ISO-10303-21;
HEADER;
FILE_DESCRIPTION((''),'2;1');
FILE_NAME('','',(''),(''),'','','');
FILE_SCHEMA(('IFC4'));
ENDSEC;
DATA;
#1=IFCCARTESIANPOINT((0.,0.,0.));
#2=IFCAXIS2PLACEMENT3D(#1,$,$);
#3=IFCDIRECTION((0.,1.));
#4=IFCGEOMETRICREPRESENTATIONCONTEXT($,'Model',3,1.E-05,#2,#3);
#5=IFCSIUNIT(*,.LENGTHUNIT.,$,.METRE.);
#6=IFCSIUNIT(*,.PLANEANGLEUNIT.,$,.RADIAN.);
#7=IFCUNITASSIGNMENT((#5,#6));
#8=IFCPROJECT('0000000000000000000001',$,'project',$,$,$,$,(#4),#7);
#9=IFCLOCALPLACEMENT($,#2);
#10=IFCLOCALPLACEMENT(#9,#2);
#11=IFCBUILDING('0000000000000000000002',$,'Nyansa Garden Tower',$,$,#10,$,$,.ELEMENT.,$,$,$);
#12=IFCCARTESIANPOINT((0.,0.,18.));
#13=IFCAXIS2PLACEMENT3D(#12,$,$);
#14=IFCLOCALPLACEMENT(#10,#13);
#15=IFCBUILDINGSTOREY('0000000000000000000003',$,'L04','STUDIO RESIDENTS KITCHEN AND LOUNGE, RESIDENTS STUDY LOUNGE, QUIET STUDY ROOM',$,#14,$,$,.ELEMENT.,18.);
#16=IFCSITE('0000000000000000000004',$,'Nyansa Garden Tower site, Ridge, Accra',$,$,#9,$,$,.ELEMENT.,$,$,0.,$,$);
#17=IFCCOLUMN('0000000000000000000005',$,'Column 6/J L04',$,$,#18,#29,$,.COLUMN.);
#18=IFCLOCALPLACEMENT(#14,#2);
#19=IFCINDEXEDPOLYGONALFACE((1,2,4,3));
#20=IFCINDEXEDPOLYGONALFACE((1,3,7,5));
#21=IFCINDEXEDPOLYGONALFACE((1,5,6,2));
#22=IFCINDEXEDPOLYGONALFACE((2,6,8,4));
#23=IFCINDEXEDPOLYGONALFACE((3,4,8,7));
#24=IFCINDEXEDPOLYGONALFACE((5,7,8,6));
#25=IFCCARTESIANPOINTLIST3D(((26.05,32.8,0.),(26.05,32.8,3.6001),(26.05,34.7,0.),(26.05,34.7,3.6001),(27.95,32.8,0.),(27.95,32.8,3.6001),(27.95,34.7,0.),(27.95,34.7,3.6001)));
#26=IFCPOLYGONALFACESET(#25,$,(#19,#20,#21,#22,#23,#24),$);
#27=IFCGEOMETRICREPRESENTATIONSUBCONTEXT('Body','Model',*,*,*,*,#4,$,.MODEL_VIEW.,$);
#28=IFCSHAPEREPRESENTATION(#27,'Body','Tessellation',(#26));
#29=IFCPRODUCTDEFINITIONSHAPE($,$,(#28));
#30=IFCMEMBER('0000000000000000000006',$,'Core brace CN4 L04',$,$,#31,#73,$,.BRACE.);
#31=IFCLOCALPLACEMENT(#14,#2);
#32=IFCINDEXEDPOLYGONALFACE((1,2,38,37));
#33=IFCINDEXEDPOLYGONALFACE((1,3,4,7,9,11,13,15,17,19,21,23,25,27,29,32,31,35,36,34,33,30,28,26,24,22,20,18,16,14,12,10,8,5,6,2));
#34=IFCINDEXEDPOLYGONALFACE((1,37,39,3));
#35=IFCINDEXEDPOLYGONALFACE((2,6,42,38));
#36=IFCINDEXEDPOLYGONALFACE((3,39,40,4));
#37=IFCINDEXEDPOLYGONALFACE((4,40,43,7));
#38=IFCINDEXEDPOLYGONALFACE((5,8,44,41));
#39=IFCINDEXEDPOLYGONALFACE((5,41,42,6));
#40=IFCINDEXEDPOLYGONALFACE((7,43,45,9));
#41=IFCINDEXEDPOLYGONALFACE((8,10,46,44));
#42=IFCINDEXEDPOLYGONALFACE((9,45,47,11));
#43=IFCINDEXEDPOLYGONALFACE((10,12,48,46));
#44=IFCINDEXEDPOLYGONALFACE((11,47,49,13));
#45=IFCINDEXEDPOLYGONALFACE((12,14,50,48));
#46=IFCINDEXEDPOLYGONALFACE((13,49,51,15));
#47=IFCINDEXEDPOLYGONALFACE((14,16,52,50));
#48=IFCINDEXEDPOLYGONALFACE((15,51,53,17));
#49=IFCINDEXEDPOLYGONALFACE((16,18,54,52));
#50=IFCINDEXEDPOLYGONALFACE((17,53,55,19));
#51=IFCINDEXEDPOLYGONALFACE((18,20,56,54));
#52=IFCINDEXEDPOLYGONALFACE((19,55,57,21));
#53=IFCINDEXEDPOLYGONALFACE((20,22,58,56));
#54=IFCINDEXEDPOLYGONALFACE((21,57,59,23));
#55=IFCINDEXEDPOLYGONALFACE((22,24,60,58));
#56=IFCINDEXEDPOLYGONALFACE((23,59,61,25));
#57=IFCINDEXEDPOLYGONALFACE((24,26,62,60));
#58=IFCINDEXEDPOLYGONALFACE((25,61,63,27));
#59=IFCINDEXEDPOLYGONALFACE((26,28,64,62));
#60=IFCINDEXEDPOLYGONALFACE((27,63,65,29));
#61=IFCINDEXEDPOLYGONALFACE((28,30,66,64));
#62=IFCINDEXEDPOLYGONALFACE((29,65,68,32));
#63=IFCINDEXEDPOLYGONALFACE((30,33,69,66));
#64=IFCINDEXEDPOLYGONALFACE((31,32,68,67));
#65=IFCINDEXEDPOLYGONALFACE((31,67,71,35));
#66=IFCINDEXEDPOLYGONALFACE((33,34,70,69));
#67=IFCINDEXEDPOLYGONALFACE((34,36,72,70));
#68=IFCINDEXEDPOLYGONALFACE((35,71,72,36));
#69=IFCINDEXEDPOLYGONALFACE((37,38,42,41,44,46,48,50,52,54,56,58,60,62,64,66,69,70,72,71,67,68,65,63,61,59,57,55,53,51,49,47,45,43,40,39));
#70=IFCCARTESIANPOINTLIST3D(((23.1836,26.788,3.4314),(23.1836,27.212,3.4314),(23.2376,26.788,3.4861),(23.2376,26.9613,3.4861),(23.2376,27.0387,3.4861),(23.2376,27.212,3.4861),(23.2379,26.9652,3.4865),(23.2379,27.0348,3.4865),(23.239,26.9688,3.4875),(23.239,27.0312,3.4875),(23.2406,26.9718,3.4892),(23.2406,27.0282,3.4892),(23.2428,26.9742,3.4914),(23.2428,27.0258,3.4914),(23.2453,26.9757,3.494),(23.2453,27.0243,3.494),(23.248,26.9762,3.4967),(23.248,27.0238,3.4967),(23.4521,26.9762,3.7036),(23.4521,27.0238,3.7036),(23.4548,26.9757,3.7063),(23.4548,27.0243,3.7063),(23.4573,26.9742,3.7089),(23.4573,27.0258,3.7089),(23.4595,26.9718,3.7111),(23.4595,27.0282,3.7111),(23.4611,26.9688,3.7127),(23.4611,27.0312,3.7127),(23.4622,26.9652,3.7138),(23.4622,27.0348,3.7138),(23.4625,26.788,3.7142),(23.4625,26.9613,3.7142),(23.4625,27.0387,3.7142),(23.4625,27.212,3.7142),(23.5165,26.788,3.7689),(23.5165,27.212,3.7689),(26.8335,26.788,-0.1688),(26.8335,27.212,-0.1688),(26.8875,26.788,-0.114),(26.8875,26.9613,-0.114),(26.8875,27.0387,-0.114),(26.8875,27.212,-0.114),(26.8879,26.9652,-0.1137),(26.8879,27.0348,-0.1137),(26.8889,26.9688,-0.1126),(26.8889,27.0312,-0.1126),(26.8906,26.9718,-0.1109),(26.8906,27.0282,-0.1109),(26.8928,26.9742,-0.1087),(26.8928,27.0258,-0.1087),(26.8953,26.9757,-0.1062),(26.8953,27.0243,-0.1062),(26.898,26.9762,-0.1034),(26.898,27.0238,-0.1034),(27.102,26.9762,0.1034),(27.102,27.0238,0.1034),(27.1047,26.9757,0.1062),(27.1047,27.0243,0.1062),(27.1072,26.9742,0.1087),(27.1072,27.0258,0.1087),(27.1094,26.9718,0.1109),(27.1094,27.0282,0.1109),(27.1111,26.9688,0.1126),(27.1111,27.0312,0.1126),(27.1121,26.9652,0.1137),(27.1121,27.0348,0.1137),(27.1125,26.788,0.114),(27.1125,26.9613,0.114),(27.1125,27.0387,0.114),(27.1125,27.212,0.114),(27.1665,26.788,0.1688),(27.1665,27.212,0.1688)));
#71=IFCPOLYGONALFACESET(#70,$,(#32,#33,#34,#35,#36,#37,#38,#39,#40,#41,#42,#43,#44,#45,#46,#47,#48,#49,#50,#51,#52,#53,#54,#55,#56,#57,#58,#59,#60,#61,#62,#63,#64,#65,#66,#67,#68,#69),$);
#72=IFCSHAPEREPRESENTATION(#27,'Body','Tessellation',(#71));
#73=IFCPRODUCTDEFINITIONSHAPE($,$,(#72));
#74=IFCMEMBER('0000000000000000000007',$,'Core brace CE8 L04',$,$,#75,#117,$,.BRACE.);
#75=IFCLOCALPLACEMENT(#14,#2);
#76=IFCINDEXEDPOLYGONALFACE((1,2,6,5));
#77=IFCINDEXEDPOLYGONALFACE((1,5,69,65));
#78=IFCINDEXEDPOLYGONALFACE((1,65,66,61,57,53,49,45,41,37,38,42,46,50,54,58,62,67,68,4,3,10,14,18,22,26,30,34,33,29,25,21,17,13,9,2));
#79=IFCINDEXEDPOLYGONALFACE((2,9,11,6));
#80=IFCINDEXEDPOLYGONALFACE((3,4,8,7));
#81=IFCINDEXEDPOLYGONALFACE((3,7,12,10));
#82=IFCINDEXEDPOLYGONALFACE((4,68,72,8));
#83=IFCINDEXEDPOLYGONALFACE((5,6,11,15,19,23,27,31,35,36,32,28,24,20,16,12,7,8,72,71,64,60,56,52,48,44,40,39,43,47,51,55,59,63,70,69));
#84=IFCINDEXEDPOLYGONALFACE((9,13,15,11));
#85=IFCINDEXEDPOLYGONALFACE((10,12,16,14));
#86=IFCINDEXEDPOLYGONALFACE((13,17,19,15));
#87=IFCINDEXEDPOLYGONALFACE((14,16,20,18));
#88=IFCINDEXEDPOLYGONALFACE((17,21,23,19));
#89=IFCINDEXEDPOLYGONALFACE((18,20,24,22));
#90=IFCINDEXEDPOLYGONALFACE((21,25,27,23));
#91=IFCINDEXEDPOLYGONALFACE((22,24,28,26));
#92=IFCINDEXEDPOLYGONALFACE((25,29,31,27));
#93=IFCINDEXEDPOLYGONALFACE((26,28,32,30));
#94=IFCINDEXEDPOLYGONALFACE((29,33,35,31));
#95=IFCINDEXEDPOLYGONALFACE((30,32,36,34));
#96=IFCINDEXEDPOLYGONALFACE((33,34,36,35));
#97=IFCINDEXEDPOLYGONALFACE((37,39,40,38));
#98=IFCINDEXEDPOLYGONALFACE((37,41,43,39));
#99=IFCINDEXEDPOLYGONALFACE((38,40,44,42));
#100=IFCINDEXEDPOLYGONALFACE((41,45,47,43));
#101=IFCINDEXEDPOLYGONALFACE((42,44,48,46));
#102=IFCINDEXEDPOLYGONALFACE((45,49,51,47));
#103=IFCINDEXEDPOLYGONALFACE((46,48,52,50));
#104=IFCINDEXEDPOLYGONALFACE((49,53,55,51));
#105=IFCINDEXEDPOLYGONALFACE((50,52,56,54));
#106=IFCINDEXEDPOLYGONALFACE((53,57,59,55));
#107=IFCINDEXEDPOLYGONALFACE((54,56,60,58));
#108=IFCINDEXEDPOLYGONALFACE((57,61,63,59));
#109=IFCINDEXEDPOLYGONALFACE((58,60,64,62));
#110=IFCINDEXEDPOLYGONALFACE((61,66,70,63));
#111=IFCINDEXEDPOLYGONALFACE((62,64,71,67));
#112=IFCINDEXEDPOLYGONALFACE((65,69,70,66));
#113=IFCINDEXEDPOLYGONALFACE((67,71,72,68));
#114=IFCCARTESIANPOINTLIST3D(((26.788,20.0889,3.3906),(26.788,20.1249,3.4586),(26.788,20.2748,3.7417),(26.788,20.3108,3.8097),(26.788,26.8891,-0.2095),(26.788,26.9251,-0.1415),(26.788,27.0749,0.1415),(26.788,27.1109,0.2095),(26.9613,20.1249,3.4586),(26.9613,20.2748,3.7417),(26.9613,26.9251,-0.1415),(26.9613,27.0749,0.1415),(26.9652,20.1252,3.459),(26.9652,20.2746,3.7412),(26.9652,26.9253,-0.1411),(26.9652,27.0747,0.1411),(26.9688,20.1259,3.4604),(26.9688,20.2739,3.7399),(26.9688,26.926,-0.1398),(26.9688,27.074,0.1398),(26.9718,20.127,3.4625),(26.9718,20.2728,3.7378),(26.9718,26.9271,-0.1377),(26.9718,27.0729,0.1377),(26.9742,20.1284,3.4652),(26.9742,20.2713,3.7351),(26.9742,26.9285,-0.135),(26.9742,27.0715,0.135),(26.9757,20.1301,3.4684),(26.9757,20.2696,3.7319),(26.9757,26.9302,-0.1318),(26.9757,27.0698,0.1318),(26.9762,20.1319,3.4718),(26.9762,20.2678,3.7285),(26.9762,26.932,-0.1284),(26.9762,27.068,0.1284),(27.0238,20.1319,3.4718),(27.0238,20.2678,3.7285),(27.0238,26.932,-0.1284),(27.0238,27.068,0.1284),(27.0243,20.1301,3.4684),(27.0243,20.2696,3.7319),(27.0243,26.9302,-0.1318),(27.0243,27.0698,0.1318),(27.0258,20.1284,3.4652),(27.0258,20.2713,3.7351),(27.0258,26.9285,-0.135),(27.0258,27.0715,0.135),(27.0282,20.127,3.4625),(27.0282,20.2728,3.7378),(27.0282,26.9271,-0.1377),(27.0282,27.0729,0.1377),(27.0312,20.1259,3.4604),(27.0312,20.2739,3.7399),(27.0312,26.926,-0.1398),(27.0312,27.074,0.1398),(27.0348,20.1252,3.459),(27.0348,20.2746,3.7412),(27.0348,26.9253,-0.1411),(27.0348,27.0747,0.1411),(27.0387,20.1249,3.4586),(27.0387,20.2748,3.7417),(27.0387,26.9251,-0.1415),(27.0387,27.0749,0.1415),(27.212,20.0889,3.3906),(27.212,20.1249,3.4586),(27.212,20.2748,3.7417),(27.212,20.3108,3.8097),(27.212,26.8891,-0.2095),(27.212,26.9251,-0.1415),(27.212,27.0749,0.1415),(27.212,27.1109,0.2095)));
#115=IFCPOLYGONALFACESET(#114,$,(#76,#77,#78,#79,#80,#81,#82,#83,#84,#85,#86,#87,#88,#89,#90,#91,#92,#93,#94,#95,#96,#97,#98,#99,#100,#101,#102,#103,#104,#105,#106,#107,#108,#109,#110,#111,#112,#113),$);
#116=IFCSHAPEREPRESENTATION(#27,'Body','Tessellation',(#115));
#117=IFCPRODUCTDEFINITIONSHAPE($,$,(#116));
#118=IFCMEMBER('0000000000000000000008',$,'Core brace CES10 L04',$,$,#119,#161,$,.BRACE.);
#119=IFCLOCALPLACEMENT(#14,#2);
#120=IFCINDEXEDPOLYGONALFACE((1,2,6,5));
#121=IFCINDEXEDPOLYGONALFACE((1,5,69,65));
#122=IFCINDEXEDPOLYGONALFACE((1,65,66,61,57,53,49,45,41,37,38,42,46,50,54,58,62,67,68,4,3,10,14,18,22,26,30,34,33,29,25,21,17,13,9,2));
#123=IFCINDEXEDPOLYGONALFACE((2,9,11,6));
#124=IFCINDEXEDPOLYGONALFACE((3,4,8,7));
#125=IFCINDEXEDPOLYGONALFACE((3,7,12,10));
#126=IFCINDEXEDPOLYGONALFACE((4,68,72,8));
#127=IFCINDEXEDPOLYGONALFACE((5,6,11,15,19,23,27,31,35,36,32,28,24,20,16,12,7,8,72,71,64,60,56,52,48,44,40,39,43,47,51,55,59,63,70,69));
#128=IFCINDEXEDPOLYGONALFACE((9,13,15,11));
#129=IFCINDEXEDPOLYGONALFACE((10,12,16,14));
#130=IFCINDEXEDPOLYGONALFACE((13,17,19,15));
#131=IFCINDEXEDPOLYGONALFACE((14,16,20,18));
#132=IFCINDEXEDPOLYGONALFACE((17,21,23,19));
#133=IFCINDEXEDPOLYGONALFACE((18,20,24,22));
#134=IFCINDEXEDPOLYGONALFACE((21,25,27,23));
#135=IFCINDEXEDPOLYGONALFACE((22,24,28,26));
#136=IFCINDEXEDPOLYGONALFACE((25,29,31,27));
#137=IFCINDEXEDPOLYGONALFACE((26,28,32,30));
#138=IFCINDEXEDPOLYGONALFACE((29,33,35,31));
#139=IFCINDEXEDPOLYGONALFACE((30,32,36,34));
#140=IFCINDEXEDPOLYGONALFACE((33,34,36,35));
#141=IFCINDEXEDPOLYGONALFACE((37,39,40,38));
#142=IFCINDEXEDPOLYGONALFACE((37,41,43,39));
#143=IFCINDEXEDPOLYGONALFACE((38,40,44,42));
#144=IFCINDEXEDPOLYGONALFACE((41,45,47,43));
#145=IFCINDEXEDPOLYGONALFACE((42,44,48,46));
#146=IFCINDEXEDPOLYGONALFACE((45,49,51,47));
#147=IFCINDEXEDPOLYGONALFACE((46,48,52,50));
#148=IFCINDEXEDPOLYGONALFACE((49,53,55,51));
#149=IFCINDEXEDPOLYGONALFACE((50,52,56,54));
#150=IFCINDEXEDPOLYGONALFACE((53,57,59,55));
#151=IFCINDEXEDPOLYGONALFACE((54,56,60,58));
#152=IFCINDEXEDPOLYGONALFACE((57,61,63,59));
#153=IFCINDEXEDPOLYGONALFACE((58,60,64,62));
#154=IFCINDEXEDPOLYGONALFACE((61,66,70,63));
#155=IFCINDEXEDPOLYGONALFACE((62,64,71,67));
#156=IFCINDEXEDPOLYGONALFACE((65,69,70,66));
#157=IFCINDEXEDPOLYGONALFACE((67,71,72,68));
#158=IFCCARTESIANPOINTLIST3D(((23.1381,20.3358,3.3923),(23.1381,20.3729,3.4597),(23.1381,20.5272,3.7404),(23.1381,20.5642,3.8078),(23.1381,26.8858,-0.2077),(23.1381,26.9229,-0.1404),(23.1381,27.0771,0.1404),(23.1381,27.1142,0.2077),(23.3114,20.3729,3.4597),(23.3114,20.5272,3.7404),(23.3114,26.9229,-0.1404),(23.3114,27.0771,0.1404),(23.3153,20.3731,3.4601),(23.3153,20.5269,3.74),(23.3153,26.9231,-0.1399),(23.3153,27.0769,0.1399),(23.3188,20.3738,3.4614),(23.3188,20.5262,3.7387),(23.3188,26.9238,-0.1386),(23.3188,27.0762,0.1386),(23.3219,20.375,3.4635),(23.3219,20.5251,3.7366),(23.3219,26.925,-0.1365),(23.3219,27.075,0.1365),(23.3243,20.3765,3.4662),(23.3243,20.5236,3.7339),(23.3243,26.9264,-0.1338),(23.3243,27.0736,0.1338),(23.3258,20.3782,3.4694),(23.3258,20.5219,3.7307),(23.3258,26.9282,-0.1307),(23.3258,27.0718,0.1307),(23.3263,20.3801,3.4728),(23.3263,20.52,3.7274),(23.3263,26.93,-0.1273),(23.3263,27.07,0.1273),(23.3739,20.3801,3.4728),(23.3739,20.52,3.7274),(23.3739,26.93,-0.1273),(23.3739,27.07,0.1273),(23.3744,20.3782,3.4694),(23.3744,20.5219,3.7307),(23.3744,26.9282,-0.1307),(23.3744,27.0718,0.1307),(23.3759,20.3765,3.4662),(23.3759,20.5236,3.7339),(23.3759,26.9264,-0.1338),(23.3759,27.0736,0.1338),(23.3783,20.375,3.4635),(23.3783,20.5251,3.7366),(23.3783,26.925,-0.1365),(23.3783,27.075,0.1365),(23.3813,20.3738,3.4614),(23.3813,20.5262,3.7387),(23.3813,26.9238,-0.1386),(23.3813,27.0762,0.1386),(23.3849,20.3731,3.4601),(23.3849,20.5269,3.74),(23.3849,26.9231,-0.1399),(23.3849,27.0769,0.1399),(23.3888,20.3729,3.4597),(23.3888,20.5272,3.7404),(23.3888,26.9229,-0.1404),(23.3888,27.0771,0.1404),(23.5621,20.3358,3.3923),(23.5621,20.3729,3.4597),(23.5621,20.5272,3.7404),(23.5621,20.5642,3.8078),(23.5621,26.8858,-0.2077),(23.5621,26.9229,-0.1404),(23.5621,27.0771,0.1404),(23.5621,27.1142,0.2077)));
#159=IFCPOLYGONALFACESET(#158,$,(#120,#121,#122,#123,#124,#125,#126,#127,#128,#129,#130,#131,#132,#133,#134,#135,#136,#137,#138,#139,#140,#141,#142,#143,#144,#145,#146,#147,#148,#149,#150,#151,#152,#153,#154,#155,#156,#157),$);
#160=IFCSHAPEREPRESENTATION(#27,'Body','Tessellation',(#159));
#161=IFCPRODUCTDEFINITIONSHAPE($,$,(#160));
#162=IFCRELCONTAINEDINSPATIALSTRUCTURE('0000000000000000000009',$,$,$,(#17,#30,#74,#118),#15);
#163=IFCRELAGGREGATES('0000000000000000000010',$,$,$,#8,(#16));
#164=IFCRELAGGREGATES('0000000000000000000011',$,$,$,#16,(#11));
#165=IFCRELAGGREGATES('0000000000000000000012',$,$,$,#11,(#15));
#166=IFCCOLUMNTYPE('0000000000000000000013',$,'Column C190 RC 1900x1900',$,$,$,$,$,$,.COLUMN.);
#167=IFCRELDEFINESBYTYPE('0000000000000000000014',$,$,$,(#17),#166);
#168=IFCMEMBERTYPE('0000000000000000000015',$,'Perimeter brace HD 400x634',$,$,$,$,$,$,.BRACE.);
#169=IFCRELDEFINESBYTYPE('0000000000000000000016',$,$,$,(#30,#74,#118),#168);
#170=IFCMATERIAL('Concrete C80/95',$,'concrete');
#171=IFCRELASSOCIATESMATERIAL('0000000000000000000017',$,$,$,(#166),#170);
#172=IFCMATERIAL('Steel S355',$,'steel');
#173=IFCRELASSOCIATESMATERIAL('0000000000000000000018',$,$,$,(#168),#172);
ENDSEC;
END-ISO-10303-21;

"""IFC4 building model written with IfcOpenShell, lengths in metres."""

from ifc_helpers import new_model, si_unit, direction, frame, origin, origin_2d, place, context, subcontext, project, spatial, rectangle, i_section, extrude, material, material_profile, profile_set, type_object, element, save


model = new_model("IFC4")

# Units and contexts
model_context = context("Model", 3, precision=1e-05, world=origin(), true_north=direction((0.0, 1.0)))
body_context = subcontext(model_context, "Body", "Model", "MODEL_VIEW")
ifc_project = project(units=[si_unit("LENGTHUNIT", "METRE"), si_unit("PLANEANGLEUNIT", "RADIAN")], contexts=[model_context])

# Site, building, storey
site_placement = place(None, origin())
site = spatial("IfcSite", under=ifc_project, at=site_placement, Name="Nyansa Garden Tower site, Ridge, Accra", CompositionType="ELEMENT", RefElevation=0.0)
building_placement = place(site_placement, origin())
building = spatial("IfcBuilding", under=site, at=building_placement, Name="Nyansa Garden Tower", CompositionType="ELEMENT")
storey_placement = place(building_placement, frame((0.0, 0.0, 18.0)))
storey = spatial("IfcBuildingStorey", under=building, at=storey_placement, Name="L04", Description="STUDIO RESIDENTS KITCHEN AND LOUNGE, RESIDENTS STUDY LOUNGE, QUIET STUDY ROOM", CompositionType="ELEMENT", Elevation=18.0)

# Column
ifc_material_1 = material(Name="Concrete C80/95", Category="concrete")
ifc_material_profile_1 = material_profile(ifc_material_1, rectangle(XDim=1.8999, YDim=1.8999, at=origin_2d()), Name="RC 1900x1900")
ifc_profile_set_1 = profile_set([ifc_material_profile_1], Name="Concrete C80/95")
column_type = type_object("IfcColumnType", Name="Column C190 RC 1900x1900", PredefinedType="COLUMN", material=ifc_profile_set_1)
column_placement = place(storey_placement, frame((27.0, 33.75, 0.0), z_axis=(0.0, 0.0, 1.0), x_axis=(1.0, 0.0, 0.0)))
element("IfcColumn", 1, at=column_placement, inside=storey, type_object=column_type, Name="Column 6/J L04", PredefinedType="COLUMN", context=body_context, shape_type="SweptSolid", body=[
    extrude(rectangle(XDim=1.8999, YDim=1.8999, at=origin_2d()), origin(), (0.0, 0.0, 1.0), 3.6001),
])

# Members
ifc_material_2 = material(Name="Steel S355", Category="steel")
ifc_material_profile_2 = material_profile(ifc_material_2, i_section(OverallWidth=0.4241, OverallDepth=0.4741, WebThickness=0.0476, FlangeThickness=0.0769, FilletRadius=0.0149, at=origin_2d()), Name="HD 400x634")
ifc_profile_set_2 = profile_set([ifc_material_profile_2], Name="Steel S355")
member_type = type_object("IfcMemberType", Name="Perimeter brace HD 400x634", PredefinedType="BRACE", material=ifc_profile_set_2)
member_1_placement = place(storey_placement, frame((27.0, 27.0, 0.0), z_axis=(-0.711948, 0.0, 0.702233), x_axis=(0.0, -1.0, 0.0)))
element("IfcMember", 2, at=member_1_placement, inside=storey, type_object=member_type, Name="Core brace CN4 L04", PredefinedType="BRACE", context=body_context, shape_type="SweptSolid", body=[
    extrude(i_section(OverallWidth=0.4241, OverallDepth=0.4741, WebThickness=0.0476, FlangeThickness=0.0769, FilletRadius=0.0149, at=origin_2d()), origin(), (0.0, 0.0, 1.0), 5.1267),
])
member_2_placement = place(storey_placement, frame((27.0, 27.0, 0.0), z_axis=(0.0, -0.883784, 0.467895), x_axis=(1.0, 0.0, 0.0)))
element("IfcMember", 3, at=member_2_placement, inside=storey, type_object=member_type, Name="Core brace CE8 L04", PredefinedType="BRACE", context=body_context, shape_type="SweptSolid", body=[
    extrude(i_section(OverallWidth=0.4241, OverallDepth=0.4741, WebThickness=0.0476, FlangeThickness=0.0769, FilletRadius=0.0149, at=origin_2d()), origin(), (0.0, 0.0, 1.0), 7.6943),
])
for number, where, z_axis, x_axis, name in (
    (4, (23.3501, 27.0, 0.0), (0.0, -0.876353, 0.481669), (1.0, 0.0, 0.0), "Core brace CES10 L04"),
):
    element("IfcMember", number, at=place(storey_placement, frame(where, z_axis=z_axis, x_axis=x_axis)), inside=storey, type_object=member_type, Name=name, PredefinedType="BRACE", context=body_context, shape_type="SweptSolid", body=[
        extrude(i_section(OverallWidth=0.4241, OverallDepth=0.4741, WebThickness=0.0476, FlangeThickness=0.0769, FilletRadius=0.0149, at=origin_2d()), origin(), (0.0, 0.0, 1.0), 7.4741),
    ])

save(model, "model.ifc")
